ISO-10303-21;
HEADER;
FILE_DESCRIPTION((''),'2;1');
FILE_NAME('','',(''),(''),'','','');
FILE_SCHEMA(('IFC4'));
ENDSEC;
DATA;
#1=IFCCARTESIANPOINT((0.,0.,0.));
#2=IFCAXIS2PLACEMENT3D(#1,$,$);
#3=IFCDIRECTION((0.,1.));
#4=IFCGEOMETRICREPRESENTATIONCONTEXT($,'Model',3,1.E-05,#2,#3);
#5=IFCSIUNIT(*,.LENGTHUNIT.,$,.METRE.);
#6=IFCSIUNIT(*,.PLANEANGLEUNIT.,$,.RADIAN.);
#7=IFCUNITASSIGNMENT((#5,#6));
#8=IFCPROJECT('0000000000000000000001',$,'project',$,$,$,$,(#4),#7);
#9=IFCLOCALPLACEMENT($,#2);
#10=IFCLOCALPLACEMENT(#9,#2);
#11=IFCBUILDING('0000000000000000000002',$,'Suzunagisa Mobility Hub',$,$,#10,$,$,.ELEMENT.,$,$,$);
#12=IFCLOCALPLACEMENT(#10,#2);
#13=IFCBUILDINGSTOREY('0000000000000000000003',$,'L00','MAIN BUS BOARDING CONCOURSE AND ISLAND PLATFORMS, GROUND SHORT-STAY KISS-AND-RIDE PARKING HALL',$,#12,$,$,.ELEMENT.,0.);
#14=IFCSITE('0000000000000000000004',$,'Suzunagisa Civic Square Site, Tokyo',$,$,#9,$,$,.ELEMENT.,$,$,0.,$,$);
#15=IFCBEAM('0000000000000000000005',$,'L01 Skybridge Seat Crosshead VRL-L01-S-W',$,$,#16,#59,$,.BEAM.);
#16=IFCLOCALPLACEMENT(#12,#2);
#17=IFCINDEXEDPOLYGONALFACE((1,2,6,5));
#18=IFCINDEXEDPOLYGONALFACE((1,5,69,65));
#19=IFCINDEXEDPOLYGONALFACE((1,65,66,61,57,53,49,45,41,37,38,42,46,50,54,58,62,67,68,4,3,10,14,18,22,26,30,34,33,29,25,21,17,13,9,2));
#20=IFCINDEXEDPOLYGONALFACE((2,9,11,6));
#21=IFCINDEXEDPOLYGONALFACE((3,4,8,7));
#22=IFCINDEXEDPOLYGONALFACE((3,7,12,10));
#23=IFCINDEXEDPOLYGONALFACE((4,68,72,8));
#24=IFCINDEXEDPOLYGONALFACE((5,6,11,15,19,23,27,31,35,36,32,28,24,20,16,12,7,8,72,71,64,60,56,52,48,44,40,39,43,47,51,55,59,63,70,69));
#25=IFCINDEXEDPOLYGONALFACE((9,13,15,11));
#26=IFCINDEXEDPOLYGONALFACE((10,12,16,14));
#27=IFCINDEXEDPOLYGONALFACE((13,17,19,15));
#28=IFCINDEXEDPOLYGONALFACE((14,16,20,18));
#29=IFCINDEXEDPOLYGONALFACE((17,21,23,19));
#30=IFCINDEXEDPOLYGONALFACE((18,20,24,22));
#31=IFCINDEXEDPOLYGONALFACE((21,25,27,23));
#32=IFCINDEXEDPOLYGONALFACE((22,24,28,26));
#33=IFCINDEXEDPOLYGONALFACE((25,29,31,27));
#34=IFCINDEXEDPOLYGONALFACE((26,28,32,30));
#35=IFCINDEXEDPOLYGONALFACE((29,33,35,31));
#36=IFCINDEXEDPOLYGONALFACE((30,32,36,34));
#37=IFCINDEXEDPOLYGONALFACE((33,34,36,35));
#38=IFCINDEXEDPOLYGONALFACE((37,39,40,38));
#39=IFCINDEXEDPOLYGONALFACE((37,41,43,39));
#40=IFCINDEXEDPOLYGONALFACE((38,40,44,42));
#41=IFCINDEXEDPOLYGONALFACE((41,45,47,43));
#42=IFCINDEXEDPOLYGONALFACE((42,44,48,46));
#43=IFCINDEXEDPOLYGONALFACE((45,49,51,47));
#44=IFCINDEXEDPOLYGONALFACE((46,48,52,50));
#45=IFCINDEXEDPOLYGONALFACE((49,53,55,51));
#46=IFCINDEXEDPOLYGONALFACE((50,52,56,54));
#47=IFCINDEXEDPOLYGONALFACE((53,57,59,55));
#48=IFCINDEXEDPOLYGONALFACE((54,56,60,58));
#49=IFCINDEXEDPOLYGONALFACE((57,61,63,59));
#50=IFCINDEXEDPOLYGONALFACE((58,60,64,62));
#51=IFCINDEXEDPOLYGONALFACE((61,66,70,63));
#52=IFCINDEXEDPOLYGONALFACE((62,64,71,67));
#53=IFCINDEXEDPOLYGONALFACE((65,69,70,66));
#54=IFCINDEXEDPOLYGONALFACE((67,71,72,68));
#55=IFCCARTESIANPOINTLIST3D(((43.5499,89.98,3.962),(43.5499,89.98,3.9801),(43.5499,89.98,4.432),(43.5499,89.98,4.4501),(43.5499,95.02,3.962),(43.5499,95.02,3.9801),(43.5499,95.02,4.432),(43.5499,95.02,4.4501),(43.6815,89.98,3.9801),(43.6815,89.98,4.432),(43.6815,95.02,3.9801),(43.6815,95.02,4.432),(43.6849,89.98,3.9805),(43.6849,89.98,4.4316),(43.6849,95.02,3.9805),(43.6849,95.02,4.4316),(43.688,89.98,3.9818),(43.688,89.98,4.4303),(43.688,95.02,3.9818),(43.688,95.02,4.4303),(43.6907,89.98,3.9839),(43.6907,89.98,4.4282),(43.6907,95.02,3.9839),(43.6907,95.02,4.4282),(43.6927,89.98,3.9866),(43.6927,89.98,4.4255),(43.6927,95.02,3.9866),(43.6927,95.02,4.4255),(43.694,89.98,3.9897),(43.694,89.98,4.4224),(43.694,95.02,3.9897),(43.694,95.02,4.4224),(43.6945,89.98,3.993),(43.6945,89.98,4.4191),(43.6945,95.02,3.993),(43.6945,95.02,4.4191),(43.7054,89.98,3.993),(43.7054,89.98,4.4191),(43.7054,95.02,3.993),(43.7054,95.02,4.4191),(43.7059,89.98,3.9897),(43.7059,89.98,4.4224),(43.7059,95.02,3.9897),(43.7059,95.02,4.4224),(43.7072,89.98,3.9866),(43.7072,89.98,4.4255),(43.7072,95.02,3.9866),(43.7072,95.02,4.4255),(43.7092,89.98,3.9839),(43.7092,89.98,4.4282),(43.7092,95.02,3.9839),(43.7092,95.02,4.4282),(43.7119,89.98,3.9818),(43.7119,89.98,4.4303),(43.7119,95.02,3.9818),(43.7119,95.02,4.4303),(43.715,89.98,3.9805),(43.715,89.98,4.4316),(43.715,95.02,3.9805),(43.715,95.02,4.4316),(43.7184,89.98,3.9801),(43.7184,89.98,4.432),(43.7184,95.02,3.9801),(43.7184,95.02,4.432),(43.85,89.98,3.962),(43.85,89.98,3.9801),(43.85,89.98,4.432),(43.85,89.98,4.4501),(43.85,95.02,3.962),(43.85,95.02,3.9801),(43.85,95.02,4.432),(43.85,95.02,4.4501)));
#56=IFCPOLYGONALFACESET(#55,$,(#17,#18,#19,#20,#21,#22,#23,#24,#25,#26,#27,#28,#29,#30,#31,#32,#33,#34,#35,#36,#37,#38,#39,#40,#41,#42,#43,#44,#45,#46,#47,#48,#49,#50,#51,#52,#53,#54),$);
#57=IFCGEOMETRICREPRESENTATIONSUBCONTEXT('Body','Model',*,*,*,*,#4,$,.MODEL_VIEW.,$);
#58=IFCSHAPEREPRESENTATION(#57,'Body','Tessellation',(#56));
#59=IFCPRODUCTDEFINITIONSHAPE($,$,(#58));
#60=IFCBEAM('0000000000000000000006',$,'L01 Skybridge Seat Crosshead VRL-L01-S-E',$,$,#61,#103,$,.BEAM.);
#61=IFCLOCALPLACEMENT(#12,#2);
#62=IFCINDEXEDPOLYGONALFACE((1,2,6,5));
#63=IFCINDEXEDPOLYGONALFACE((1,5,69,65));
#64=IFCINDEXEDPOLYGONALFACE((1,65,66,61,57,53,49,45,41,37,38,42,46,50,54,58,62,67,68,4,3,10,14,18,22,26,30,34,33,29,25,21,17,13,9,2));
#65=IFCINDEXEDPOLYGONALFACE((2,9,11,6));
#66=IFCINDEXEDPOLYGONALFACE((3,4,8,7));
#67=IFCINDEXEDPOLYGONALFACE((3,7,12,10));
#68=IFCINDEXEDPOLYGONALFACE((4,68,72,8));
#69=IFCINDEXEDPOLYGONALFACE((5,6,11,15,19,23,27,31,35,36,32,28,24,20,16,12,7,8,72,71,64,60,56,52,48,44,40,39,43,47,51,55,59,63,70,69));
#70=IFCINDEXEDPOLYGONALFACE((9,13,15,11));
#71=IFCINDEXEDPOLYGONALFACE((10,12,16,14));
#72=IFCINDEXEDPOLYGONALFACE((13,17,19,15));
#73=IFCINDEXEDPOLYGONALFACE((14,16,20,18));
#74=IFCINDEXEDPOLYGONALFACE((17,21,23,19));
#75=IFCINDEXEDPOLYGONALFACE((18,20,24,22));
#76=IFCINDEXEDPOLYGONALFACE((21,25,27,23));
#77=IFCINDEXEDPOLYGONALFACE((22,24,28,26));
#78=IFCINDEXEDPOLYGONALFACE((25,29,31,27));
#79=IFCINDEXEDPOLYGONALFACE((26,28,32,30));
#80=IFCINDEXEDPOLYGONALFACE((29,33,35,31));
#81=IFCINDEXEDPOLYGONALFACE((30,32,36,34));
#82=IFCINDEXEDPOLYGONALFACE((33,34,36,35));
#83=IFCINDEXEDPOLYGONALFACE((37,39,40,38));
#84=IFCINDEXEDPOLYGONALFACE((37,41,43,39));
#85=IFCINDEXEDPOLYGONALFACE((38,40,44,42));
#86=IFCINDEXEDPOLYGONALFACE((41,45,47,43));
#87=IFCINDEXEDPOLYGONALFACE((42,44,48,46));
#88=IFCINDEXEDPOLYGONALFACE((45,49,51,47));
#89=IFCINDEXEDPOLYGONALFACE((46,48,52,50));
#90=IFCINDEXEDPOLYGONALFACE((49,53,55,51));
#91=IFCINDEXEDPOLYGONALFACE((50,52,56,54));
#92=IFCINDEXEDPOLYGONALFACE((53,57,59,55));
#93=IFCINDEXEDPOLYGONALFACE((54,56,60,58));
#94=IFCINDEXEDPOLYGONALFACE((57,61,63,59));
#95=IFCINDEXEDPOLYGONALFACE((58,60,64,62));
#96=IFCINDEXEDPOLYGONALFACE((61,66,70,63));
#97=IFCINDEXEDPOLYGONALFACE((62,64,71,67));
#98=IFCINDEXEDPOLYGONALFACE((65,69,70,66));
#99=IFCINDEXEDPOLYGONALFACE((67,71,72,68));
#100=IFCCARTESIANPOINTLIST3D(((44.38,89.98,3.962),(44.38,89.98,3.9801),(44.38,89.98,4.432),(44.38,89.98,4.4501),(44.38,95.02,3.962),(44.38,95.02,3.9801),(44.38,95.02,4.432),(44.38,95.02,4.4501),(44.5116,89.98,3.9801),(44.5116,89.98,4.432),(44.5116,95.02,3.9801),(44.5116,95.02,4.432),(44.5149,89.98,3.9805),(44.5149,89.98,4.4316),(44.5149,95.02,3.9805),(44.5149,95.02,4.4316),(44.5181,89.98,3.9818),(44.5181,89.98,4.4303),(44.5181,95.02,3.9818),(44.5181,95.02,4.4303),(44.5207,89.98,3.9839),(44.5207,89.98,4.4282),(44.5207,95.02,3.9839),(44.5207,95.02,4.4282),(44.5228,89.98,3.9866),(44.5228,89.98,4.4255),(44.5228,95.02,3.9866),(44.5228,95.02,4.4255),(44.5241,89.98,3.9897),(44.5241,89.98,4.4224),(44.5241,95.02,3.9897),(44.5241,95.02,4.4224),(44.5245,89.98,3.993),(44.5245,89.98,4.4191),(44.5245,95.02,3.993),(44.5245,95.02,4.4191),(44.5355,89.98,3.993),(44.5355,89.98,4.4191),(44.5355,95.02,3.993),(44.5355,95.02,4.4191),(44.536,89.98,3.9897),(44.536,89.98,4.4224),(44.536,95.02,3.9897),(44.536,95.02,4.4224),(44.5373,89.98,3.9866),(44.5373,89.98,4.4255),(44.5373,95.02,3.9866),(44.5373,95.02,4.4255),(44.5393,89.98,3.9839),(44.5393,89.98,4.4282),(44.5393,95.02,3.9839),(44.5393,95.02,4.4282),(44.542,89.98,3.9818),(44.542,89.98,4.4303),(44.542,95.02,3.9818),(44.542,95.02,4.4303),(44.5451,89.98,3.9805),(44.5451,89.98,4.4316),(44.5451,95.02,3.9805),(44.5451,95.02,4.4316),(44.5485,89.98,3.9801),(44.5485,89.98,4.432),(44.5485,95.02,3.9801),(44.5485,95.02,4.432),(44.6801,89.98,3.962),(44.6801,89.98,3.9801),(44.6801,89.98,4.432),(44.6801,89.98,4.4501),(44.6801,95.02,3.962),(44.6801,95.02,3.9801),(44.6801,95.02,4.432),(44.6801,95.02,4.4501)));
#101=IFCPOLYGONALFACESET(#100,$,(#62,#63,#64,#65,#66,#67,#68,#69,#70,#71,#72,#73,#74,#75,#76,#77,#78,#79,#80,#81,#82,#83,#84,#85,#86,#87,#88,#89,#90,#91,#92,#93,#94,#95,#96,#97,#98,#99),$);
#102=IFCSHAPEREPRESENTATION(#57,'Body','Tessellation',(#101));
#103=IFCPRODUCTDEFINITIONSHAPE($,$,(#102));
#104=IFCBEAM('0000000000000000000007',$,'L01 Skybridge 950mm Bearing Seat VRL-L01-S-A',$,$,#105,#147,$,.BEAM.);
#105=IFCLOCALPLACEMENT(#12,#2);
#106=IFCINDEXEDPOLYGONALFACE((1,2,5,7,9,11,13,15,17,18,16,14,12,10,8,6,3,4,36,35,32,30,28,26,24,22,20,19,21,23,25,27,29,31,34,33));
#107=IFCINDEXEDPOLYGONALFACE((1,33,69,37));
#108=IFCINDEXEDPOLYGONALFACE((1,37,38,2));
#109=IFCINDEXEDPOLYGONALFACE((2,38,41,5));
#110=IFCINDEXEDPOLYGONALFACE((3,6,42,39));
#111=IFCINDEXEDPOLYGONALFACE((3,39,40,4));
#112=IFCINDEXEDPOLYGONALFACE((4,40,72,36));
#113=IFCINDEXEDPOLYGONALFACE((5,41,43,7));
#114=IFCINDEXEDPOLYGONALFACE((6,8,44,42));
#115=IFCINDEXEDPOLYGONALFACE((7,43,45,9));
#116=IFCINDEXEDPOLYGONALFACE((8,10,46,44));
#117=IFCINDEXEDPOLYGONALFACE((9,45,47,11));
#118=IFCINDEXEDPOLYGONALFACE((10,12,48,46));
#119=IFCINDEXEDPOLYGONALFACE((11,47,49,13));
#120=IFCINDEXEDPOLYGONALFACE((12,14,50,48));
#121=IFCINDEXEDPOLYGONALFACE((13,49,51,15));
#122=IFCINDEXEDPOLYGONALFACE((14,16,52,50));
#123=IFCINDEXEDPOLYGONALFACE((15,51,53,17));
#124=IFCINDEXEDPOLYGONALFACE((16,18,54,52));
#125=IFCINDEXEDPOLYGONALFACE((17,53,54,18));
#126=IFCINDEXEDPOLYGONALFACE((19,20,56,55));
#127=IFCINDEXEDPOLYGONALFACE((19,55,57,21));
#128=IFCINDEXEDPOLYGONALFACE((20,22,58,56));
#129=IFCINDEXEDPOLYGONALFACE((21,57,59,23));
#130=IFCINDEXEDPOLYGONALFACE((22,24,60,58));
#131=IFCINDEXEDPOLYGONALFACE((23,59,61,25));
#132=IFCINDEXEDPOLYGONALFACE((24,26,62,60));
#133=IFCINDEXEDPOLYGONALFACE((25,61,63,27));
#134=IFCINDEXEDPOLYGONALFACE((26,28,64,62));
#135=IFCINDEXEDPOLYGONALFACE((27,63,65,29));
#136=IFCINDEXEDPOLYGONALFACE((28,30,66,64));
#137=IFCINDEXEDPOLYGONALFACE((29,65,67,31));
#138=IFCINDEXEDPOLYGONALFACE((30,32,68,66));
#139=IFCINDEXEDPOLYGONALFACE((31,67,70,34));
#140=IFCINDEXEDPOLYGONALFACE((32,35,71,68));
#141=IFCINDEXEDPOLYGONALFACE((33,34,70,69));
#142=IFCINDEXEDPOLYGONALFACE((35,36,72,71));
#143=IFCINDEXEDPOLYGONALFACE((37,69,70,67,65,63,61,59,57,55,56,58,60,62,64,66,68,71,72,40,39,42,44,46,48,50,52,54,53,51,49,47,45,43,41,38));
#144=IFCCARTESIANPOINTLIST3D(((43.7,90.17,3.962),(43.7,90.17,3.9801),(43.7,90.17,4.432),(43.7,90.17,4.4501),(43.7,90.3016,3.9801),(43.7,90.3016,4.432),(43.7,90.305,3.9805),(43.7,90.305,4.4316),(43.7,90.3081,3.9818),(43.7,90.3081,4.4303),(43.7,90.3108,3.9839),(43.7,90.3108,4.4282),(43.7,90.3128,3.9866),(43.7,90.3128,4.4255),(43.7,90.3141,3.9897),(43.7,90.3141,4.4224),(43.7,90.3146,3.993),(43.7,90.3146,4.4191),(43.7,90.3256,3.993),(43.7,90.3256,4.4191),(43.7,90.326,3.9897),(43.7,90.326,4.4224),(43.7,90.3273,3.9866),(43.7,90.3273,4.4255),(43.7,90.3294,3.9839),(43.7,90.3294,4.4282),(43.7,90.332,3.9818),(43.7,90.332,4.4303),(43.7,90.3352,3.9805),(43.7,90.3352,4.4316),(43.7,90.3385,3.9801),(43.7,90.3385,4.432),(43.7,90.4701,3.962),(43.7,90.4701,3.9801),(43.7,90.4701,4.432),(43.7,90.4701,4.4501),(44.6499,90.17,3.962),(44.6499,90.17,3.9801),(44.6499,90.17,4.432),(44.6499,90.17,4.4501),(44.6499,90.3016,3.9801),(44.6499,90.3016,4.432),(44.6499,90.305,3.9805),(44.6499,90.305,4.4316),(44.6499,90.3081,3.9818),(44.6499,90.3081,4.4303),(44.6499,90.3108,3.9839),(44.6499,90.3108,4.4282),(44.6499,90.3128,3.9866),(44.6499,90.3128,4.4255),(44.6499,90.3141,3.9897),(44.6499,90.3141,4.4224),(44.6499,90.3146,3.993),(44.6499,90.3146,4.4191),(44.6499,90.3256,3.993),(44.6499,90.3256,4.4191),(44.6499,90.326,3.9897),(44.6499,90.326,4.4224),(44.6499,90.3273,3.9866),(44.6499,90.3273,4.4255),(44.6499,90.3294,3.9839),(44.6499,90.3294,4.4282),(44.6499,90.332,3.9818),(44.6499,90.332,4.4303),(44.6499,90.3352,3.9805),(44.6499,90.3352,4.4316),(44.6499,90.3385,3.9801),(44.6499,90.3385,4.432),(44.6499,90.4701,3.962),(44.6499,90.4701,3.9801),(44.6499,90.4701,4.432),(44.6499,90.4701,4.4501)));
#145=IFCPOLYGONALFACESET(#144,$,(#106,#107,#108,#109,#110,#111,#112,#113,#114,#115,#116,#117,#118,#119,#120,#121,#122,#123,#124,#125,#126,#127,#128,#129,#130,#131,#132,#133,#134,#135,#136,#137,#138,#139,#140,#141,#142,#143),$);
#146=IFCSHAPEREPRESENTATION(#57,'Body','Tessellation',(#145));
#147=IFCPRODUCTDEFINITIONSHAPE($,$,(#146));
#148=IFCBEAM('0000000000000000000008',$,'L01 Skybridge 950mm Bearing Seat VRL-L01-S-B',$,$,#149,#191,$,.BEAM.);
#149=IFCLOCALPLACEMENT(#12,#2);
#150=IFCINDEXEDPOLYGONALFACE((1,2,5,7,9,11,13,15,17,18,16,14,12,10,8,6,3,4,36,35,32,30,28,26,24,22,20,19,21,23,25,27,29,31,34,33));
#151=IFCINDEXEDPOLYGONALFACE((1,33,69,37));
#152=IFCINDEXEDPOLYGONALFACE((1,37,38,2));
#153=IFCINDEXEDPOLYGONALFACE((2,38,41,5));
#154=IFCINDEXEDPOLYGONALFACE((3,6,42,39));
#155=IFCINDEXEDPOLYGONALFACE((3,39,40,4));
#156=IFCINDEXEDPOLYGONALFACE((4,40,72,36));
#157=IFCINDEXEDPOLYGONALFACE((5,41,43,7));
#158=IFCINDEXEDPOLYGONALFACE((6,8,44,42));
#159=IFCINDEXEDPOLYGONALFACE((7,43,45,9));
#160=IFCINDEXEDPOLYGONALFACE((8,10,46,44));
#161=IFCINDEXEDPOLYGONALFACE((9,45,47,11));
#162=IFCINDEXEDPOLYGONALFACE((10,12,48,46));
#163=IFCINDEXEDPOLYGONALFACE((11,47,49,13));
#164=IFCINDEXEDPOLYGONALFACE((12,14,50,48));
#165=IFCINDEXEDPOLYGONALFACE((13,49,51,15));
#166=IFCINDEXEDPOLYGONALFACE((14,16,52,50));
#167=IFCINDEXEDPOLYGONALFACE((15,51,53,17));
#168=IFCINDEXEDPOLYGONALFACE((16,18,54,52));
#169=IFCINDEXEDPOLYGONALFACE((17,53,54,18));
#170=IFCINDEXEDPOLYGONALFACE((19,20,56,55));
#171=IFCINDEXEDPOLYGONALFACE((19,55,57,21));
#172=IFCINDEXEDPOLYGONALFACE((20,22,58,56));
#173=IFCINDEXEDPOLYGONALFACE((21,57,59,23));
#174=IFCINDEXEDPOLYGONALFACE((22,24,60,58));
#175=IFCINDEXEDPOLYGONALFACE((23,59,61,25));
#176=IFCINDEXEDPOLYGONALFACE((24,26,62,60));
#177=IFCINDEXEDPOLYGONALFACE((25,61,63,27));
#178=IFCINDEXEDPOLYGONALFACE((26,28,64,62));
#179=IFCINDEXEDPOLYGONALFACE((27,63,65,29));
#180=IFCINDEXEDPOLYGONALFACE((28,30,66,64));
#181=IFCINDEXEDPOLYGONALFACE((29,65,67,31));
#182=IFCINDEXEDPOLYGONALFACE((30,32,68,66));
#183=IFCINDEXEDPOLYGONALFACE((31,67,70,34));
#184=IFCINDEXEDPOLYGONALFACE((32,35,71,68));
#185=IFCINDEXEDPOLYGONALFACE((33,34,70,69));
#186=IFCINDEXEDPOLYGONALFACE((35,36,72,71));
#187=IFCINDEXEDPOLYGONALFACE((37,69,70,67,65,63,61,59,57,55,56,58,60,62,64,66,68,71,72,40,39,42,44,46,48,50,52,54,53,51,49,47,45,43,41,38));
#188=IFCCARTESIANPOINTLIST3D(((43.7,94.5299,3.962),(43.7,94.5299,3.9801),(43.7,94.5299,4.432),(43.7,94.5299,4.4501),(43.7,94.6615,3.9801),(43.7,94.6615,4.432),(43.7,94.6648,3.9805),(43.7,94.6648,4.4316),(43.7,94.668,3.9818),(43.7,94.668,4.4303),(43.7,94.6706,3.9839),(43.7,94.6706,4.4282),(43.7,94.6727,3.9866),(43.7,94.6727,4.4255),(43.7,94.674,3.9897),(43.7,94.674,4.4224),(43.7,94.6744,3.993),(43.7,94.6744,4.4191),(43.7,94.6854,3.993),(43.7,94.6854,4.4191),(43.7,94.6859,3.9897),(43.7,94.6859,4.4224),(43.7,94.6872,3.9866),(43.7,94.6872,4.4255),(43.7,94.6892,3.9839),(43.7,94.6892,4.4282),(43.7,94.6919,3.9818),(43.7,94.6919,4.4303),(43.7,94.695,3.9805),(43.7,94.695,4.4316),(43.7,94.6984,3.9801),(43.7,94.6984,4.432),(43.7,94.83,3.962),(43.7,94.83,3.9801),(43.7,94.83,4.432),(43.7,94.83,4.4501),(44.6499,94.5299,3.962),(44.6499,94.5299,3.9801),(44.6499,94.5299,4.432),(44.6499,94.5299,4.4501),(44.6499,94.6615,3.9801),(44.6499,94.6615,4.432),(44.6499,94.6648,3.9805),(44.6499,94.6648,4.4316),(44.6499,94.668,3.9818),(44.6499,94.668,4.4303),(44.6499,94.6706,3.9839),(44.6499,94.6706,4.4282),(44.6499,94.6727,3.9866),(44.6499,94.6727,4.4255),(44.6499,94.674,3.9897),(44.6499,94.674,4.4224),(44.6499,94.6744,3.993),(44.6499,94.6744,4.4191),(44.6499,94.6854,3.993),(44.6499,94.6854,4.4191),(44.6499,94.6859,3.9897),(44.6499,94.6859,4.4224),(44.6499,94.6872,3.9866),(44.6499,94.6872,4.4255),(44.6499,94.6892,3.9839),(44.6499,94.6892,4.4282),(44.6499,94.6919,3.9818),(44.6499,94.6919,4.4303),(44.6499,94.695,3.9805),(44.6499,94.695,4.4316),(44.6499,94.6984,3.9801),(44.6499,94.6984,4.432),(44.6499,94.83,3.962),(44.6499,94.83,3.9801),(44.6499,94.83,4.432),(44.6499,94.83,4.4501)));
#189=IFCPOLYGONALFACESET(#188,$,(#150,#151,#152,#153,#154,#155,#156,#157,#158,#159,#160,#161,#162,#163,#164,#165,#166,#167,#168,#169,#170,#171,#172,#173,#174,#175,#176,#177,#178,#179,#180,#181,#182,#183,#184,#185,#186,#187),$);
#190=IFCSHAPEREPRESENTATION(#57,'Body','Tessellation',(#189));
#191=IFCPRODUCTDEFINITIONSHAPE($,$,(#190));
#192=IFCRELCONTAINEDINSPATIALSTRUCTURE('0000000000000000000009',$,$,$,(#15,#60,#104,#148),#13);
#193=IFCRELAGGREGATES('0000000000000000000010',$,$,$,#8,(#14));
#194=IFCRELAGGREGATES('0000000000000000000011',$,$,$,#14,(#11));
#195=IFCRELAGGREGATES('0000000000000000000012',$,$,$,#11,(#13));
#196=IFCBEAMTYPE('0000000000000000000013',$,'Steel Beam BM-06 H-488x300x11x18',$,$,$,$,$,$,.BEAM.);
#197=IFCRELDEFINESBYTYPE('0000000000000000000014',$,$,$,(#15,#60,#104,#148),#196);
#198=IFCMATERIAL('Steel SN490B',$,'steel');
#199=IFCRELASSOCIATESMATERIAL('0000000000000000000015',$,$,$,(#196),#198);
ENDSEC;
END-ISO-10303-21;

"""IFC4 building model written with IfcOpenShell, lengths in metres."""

from ifc_helpers import new_model, si_unit, direction, frame, origin, origin_2d, place, context, subcontext, project, spatial, i_section, extrude, material, material_profile, profile_set, type_object, element, save


model = new_model("IFC4")

# Units and contexts
model_context = context("Model", 3, precision=1e-05, world=origin(), true_north=direction((0.0, 1.0)))
body_context = subcontext(model_context, "Body", "Model", "MODEL_VIEW")
ifc_project = project(units=[si_unit("LENGTHUNIT", "METRE"), si_unit("PLANEANGLEUNIT", "RADIAN")], contexts=[model_context])

# Site, building, storey
site_placement = place(None, origin())
site = spatial("IfcSite", under=ifc_project, at=site_placement, Name="Suzunagisa Civic Square Site, Tokyo", CompositionType="ELEMENT", RefElevation=0.0)
building_placement = place(site_placement, origin())
building = spatial("IfcBuilding", under=site, at=building_placement, Name="Suzunagisa Mobility Hub", CompositionType="ELEMENT")
storey_placement = place(building_placement, origin())
storey = spatial("IfcBuildingStorey", under=building, at=storey_placement, Name="L00", Description="MAIN BUS BOARDING CONCOURSE AND ISLAND PLATFORMS, GROUND SHORT-STAY KISS-AND-RIDE PARKING HALL", CompositionType="ELEMENT", Elevation=0.0)

# Shared definitions
ifc_material_1 = material(Name="Steel SN490B", Category="steel")

# Beams
ifc_material_profile_1 = material_profile(ifc_material_1, i_section(OverallWidth=0.3, OverallDepth=0.488, WebThickness=0.011, FlangeThickness=0.0181, FilletRadius=0.0129, at=origin_2d()), Name="H-488x300x11x18")
ifc_profile_set_1 = profile_set([ifc_material_profile_1], Name="Steel SN490B")
beam_type_1 = type_object("IfcBeamType", Name="Steel Beam BM-06 H-488x300x11x18", PredefinedType="BEAM", material=ifc_profile_set_1)
for number, where, z_axis, x_axis, name in (
    (1, (43.7, 89.98, 4.2061), (0.0, 1.0, 0.0), (-1.0, 0.0, 0.0), "L01 Skybridge Seat Crosshead VRL-L01-S-W"),
    (2, (44.53, 89.98, 4.2061), (0.0, 1.0, 0.0), (-1.0, 0.0, 0.0), "L01 Skybridge Seat Crosshead VRL-L01-S-E"),
):
    element("IfcBeam", number, at=place(storey_placement, frame(where, z_axis=z_axis, x_axis=x_axis)), inside=storey, type_object=beam_type_1, Name=name, PredefinedType="BEAM", context=body_context, shape_type="SweptSolid", body=[
        extrude(i_section(OverallWidth=0.3, OverallDepth=0.488, WebThickness=0.011, FlangeThickness=0.0181, FilletRadius=0.0129, at=origin_2d()), origin(), (0.0, 0.0, 1.0), 5.04),
    ])
for number, where, z_axis, x_axis, name in (
    (3, (43.7, 90.3201, 4.2061), (1.0, 0.0, 0.0), (0.0, 1.0, 0.0), "L01 Skybridge 950mm Bearing Seat VRL-L01-S-A"),
    (4, (43.7, 94.6799, 4.2061), (1.0, 0.0, 0.0), (0.0, 1.0, 0.0), "L01 Skybridge 950mm Bearing Seat VRL-L01-S-B"),
):
    element("IfcBeam", number, at=place(storey_placement, frame(where, z_axis=z_axis, x_axis=x_axis)), inside=storey, type_object=beam_type_1, Name=name, PredefinedType="BEAM", context=body_context, shape_type="SweptSolid", body=[
        extrude(i_section(OverallWidth=0.3, OverallDepth=0.488, WebThickness=0.011, FlangeThickness=0.0181, FilletRadius=0.0129, at=origin_2d()), origin(), (0.0, 0.0, 1.0), 0.95),
    ])

save(model, "model.ifc")
